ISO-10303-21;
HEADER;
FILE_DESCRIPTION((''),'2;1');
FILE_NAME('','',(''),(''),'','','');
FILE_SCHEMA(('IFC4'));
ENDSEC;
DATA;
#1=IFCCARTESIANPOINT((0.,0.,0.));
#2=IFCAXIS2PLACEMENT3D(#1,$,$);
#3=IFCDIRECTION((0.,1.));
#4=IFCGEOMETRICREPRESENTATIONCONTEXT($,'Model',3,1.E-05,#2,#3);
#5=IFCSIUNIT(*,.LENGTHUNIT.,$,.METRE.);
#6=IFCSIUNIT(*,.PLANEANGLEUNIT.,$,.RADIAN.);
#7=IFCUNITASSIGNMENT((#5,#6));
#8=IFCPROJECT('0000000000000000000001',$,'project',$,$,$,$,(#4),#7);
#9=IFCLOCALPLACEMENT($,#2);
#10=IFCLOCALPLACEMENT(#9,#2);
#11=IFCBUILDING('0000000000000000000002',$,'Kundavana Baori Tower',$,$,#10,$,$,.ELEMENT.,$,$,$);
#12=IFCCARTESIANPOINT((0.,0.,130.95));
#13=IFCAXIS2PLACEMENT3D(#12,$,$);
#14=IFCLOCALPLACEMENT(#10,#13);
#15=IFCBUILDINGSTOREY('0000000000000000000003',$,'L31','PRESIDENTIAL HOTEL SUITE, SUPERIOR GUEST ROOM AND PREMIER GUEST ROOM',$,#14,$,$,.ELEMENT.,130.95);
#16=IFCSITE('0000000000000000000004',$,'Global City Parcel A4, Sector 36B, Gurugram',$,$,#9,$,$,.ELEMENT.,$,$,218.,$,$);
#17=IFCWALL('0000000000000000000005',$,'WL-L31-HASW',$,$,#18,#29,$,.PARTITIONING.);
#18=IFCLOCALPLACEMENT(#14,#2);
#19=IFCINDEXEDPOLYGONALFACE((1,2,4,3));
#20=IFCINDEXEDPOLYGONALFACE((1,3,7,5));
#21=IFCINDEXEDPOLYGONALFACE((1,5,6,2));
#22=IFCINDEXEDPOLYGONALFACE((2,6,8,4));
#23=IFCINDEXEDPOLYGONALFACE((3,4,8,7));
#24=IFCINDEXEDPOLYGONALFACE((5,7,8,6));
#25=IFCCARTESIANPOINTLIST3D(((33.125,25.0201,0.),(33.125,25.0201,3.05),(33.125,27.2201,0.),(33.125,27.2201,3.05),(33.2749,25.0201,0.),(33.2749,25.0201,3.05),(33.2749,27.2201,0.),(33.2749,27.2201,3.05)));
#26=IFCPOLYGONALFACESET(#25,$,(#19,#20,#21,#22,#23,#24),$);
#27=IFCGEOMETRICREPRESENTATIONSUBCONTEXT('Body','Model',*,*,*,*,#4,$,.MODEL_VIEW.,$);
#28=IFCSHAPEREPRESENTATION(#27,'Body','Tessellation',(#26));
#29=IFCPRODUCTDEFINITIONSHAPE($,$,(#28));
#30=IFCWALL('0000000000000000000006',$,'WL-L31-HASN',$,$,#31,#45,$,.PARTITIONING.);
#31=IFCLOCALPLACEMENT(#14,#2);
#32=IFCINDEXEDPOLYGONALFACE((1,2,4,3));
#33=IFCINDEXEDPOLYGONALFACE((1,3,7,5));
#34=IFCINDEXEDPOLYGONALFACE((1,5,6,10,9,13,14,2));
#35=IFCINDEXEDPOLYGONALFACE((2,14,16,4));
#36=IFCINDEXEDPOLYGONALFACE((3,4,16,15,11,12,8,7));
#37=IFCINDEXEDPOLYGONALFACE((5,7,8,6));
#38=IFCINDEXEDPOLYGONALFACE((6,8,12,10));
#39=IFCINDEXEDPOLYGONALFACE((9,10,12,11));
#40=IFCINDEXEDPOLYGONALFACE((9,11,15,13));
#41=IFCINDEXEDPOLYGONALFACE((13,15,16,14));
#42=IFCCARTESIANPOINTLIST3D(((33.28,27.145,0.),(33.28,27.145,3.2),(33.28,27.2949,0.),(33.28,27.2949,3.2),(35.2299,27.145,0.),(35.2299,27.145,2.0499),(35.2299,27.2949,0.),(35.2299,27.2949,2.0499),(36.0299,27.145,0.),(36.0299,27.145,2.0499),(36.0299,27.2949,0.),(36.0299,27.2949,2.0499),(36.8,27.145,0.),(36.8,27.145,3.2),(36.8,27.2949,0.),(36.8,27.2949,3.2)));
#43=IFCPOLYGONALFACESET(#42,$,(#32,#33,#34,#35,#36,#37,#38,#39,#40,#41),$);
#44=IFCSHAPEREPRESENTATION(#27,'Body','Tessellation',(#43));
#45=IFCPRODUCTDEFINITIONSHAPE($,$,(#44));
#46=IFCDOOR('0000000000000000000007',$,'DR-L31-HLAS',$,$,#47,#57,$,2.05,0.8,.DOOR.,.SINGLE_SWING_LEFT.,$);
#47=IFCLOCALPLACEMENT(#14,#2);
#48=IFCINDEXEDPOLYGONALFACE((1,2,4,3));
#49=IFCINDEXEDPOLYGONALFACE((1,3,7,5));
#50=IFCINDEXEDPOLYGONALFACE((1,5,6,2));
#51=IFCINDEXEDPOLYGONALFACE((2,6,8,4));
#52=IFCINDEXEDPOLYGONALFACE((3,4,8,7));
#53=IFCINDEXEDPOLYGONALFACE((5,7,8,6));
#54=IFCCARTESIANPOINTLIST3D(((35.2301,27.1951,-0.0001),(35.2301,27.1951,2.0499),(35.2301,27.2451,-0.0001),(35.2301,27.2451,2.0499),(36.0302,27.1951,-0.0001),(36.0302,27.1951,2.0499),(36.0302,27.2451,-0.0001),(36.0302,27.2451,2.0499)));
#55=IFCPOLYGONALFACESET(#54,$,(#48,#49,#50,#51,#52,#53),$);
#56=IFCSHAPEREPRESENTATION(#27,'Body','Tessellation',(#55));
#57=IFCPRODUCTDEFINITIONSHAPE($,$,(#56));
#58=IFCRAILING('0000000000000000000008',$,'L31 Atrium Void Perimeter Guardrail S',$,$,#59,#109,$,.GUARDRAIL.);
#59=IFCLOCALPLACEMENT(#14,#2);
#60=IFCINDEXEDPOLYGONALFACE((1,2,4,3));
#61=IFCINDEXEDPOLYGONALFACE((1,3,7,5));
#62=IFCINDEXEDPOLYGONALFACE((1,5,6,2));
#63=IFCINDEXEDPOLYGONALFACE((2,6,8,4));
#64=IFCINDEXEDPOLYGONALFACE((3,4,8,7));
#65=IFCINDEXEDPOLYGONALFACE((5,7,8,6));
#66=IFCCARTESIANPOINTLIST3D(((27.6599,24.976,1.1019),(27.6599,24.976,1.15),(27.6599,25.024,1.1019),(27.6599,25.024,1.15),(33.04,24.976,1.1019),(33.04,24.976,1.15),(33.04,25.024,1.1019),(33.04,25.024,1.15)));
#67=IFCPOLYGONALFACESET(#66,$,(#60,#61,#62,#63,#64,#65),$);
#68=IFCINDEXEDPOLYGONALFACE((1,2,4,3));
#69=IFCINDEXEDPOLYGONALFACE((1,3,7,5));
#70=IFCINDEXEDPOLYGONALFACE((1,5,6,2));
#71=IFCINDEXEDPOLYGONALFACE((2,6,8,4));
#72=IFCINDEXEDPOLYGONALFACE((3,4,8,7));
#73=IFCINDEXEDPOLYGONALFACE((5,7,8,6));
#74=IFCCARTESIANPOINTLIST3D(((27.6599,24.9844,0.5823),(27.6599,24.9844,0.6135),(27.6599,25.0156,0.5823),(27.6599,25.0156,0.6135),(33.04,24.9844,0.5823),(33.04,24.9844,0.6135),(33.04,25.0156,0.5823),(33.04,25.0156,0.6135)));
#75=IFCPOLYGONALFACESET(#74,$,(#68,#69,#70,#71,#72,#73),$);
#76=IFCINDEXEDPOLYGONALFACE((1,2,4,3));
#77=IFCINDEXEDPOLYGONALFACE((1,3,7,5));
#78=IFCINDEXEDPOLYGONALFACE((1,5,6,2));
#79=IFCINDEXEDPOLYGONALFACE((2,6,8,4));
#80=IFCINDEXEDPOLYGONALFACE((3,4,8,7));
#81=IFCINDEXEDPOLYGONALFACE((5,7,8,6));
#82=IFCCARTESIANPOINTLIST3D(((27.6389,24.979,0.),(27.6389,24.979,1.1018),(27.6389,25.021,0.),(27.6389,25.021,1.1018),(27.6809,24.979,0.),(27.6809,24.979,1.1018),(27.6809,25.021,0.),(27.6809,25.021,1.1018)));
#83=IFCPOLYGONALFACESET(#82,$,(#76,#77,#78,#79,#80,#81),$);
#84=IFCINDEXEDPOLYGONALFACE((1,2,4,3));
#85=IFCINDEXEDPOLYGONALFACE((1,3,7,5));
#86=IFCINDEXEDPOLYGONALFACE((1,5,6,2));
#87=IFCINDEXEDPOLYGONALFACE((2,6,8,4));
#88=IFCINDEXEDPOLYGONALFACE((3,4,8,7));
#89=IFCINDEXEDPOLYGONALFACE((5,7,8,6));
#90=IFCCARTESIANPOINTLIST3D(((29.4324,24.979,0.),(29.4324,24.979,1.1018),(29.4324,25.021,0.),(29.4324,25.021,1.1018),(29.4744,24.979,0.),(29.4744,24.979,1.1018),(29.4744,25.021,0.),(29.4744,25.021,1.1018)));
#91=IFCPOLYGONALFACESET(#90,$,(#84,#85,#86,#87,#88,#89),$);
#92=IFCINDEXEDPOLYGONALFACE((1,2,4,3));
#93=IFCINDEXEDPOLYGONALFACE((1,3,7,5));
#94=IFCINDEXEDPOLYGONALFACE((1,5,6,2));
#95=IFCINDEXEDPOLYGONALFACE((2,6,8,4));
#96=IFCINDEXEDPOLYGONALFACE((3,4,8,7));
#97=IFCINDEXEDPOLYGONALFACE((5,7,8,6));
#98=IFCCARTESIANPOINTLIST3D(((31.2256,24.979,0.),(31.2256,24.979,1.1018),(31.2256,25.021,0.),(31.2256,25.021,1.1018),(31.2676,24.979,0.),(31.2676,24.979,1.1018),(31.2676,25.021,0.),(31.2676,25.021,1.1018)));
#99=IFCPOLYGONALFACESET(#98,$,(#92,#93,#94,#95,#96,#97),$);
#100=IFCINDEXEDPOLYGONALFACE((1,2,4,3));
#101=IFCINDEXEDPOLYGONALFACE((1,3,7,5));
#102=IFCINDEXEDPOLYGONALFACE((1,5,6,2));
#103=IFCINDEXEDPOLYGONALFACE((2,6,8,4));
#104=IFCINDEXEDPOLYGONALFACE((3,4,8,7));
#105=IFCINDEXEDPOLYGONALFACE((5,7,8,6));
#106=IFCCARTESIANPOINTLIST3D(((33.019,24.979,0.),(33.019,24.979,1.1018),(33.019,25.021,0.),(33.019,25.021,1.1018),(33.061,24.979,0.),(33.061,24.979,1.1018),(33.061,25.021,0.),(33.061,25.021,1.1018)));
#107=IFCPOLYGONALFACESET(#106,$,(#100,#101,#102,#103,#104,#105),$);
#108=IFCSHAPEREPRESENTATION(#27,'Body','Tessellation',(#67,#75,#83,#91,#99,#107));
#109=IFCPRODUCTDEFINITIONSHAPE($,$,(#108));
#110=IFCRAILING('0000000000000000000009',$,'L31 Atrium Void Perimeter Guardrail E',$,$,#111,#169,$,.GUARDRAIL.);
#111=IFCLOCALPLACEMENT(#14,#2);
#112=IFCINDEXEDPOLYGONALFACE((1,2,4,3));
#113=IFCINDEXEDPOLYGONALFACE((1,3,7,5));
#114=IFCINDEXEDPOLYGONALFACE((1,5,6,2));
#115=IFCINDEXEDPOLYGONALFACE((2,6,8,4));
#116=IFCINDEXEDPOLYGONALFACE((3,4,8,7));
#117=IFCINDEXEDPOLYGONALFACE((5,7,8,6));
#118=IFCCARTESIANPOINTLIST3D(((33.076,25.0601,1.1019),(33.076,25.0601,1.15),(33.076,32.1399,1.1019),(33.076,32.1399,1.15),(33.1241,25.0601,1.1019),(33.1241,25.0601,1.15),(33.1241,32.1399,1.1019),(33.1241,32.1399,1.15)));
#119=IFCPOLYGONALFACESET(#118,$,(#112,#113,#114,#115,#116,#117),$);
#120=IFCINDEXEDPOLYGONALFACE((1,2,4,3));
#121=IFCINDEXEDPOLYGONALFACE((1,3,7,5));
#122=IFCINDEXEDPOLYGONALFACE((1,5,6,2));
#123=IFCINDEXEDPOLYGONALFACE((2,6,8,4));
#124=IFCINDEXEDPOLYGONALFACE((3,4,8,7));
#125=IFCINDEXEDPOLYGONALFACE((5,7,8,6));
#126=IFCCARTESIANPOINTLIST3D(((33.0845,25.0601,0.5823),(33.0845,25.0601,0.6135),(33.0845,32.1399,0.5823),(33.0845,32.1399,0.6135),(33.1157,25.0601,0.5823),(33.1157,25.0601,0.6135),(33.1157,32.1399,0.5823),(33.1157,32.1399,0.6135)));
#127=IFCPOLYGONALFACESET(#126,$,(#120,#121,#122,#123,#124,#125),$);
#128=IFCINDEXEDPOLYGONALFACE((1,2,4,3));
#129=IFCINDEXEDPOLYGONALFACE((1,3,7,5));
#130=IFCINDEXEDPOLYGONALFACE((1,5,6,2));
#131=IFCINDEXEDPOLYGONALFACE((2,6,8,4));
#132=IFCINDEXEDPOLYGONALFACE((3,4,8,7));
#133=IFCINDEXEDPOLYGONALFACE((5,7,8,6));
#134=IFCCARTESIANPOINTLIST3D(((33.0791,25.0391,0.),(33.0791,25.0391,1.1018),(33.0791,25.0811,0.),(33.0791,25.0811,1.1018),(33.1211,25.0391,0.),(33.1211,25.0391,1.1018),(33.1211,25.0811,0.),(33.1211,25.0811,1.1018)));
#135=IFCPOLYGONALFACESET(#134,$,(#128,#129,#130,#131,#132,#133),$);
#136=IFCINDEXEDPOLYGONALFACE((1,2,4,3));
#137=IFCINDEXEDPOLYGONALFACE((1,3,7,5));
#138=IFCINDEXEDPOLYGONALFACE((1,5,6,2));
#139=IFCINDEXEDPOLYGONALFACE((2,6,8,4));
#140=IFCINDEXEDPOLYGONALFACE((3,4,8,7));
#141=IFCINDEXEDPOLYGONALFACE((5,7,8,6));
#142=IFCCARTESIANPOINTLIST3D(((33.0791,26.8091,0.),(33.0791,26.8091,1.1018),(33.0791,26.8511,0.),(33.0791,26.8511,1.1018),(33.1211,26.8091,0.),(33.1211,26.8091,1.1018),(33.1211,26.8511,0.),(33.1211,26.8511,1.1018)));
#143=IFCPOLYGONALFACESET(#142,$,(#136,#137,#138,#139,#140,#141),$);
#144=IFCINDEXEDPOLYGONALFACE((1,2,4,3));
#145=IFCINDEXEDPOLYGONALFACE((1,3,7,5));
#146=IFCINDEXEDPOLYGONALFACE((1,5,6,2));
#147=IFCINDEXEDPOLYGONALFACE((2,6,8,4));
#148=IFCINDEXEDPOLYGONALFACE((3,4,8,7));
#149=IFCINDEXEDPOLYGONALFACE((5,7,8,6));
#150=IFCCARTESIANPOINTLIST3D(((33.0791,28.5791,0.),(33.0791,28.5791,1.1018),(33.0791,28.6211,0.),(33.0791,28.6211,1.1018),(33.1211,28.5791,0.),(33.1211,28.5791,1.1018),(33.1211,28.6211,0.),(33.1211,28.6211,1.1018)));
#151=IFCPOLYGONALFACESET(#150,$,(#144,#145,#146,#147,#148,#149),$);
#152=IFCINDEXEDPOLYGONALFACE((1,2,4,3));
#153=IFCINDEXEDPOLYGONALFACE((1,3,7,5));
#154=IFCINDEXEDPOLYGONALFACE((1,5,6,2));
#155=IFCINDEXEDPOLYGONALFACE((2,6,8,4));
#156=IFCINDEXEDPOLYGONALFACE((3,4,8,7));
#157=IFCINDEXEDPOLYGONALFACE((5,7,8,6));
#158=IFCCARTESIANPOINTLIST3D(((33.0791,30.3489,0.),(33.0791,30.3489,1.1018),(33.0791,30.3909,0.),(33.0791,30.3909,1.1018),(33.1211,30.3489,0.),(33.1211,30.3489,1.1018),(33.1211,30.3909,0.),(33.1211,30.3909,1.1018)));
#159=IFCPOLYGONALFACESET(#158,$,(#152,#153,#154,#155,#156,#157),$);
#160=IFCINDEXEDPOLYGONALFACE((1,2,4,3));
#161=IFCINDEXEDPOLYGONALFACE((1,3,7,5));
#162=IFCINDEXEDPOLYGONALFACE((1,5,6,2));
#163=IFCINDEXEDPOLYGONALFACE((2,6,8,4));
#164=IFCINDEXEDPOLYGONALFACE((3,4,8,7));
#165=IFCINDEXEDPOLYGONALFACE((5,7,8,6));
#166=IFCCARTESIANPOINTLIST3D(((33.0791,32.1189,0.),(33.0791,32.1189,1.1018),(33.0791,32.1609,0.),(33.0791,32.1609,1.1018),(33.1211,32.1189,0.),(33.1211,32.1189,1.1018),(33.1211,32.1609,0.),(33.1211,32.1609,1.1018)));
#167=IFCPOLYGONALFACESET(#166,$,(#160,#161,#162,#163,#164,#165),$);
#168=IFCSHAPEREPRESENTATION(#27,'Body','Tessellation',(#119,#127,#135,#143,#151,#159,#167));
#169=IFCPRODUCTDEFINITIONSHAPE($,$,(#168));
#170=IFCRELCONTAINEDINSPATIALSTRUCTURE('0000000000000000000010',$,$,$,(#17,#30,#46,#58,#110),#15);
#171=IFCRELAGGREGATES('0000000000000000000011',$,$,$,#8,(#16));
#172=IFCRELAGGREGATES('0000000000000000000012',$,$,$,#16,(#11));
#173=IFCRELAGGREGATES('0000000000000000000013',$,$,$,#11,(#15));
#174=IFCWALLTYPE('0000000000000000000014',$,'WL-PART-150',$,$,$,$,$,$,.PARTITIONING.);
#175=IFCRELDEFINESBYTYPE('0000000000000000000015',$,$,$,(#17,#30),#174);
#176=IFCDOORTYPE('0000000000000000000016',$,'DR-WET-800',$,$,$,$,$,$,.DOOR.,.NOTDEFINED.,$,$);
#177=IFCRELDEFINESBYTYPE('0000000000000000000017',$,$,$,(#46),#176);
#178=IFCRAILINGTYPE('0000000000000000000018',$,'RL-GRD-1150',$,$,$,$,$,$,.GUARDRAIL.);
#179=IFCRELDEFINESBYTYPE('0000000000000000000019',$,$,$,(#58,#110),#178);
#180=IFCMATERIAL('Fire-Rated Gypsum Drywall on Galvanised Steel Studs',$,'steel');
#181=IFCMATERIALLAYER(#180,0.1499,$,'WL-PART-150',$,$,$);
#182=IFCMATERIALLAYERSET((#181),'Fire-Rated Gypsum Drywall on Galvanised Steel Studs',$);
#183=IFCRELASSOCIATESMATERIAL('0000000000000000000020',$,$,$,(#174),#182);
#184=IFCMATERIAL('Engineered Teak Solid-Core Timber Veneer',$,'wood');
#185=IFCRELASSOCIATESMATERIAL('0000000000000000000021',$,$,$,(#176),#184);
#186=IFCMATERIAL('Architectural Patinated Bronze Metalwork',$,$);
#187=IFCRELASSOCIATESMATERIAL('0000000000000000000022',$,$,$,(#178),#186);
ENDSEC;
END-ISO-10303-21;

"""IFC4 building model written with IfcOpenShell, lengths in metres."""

from ifc_helpers import new_model, si_unit, direction, frame, frame_2d, origin, origin_2d, place, context, subcontext, project, spatial, rectangle, extrude, material, layer, layer_set, type_object, element, fill, save


model = new_model("IFC4")

# Units and contexts
model_context = context("Model", 3, precision=1e-05, world=origin(), true_north=direction((0.0, 1.0)))
body_context = subcontext(model_context, "Body", "Model", "MODEL_VIEW")
ifc_project = project(units=[si_unit("LENGTHUNIT", "METRE"), si_unit("PLANEANGLEUNIT", "RADIAN")], contexts=[model_context])

# Site, building, storey
site_placement = place(None, origin())
site = spatial("IfcSite", under=ifc_project, at=site_placement, Name="Global City Parcel A4, Sector 36B, Gurugram", CompositionType="ELEMENT", RefElevation=218.0)
building_placement = place(site_placement, origin())
building = spatial("IfcBuilding", under=site, at=building_placement, Name="Kundavana Baori Tower", CompositionType="ELEMENT")
storey_placement = place(building_placement, frame((0.0, 0.0, 130.95)))
storey = spatial("IfcBuildingStorey", under=building, at=storey_placement, Name="L31", Description="PRESIDENTIAL HOTEL SUITE, SUPERIOR GUEST ROOM AND PREMIER GUEST ROOM", CompositionType="ELEMENT", Elevation=130.95)

# Shared definitions
ifc_material_1 = material(Name="Fire-Rated Gypsum Drywall on Galvanised Steel Studs", Category="steel")
ifc_layer = layer(ifc_material_1, 0.1499, Name="WL-PART-150")
ifc_layer_set = layer_set([ifc_layer], Name="Fire-Rated Gypsum Drywall on Galvanised Steel Studs")
wall_type = type_object("IfcWallType", Name="WL-PART-150", PredefinedType="PARTITIONING", material=ifc_layer_set)

# Wall
wall_1_placement = place(storey_placement, frame((33.2, 25.02, 0.0), z_axis=(0.0, 0.0, 1.0), x_axis=(0.0, 1.0, 0.0)))
element("IfcWall", 1, at=wall_1_placement, inside=storey, type_object=wall_type, Name="WL-L31-HASW", PredefinedType="PARTITIONING", context=body_context, shape_type="SweptSolid", body=[
    extrude(rectangle(XDim=2.2, YDim=0.1499, at=frame_2d((1.1001, 0.0))), origin(), (0.0, 0.0, 1.0), 3.05),
])

# Wall, opening, door
wall_2_placement = place(storey_placement, frame((33.28, 27.22, 0.0), z_axis=(0.0, 0.0, 1.0), x_axis=(1.0, 0.0, 0.0)))
wall_2 = element("IfcWall", 2, at=wall_2_placement, inside=storey, type_object=wall_type, Name="WL-L31-HASN", PredefinedType="PARTITIONING", context=body_context, shape_type="SweptSolid", body=[
    extrude(rectangle(XDim=3.52, YDim=0.1499, at=frame_2d((1.76, 0.0))), origin(), (0.0, 0.0, 1.0), 3.2),
])
opening_1_placement = place(wall_2_placement, frame((1.95, 0.0, 0.0)))
opening_1 = element("IfcOpeningElement", 3, at=opening_1_placement, cuts=wall_2, PredefinedType="OPENING", context=body_context, shape_type="SweptSolid", body=[
    extrude(rectangle(XDim=0.8, YDim=2.05, at=frame_2d((0.3999, 1.0249))), frame((0.0, 0.085, 0.0), z_axis=(0.0, -1.0, 0.0), x_axis=(1.0, 0.0, 0.0)), (0.0, 0.0, 1.0), 0.1699),
])
ifc_material_2 = material(Name="Engineered Teak Solid-Core Timber Veneer", Category="wood")
door_type_1 = type_object("IfcDoorType", Name="DR-WET-800", OperationType="NOTDEFINED", PredefinedType="DOOR", material=ifc_material_2)
door_1_placement = place(opening_1_placement, frame((0.8, 0.0, 0.0), z_axis=(0.0, 0.0, 1.0), x_axis=(-1.0, 0.0, 0.0)))
door_1 = element("IfcDoor", 4, at=door_1_placement, inside=storey, type_object=door_type_1, Name="DR-L31-HLAS", OperationType="SINGLE_SWING_LEFT", OverallHeight=2.05, OverallWidth=0.8, PredefinedType="DOOR", context=body_context, shape_type="SweptSolid", body=[
    extrude(rectangle(XDim=0.8, YDim=2.05, at=frame_2d((0.3999, 1.0249))), frame((0.0, 0.0249, 0.0), z_axis=(0.0, -1.0, 0.0), x_axis=(1.0, 0.0, 0.0)), (0.0, 0.0, 1.0), 0.05),
])
fill(opening_1, door_1)

# Railings
ifc_material_3 = material(Name="Architectural Patinated Bronze Metalwork")
railing_type = type_object("IfcRailingType", Name="RL-GRD-1150", PredefinedType="GUARDRAIL", material=ifc_material_3)
railing_1_placement = place(storey_placement, frame((27.6599, 25.0, 0.0)))
element("IfcRailing", 5, at=railing_1_placement, inside=storey, type_object=railing_type, Name="L31 Atrium Void Perimeter Guardrail S", PredefinedType="GUARDRAIL", context=body_context, shape_type="SweptSolid", body=[
    extrude(rectangle(XDim=0.0481, YDim=0.0481, at=origin_2d()), frame((0.0, 0.0, 1.126), z_axis=(1.0, 0.0, 0.0), x_axis=(0.0, 1.0, 0.0)), (0.0, 0.0, 1.0), 5.3801),
    extrude(rectangle(XDim=0.0312, YDim=0.0312, at=origin_2d()), frame((0.0, 0.0, 0.5979), z_axis=(1.0, 0.0, 0.0), x_axis=(0.0, 1.0, 0.0)), (0.0, 0.0, 1.0), 5.3801),
    extrude(rectangle(XDim=0.042, YDim=0.042, at=origin_2d()), origin(), (0.0, 0.0, 1.0), 1.1018),
    extrude(rectangle(XDim=0.042, YDim=0.042, at=origin_2d()), frame((1.7935, 0.0, 0.0)), (0.0, 0.0, 1.0), 1.1018),
    extrude(rectangle(XDim=0.042, YDim=0.042, at=origin_2d()), frame((3.5867, 0.0, 0.0)), (0.0, 0.0, 1.0), 1.1018),
    extrude(rectangle(XDim=0.042, YDim=0.042, at=origin_2d()), frame((5.3801, 0.0, 0.0)), (0.0, 0.0, 1.0), 1.1018),
])
railing_2_placement = place(storey_placement, frame((33.1001, 25.0601, 0.0)))
element("IfcRailing", 6, at=railing_2_placement, inside=storey, type_object=railing_type, Name="L31 Atrium Void Perimeter Guardrail E", PredefinedType="GUARDRAIL", context=body_context, shape_type="SweptSolid", body=[
    extrude(rectangle(XDim=0.0481, YDim=0.0481, at=origin_2d()), frame((0.0, 0.0, 1.126), z_axis=(0.0, 1.0, 0.0), x_axis=(-1.0, 0.0, 0.0)), (0.0, 0.0, 1.0), 7.0798),
    extrude(rectangle(XDim=0.0312, YDim=0.0312, at=origin_2d()), frame((0.0, 0.0, 0.5979), z_axis=(0.0, 1.0, 0.0), x_axis=(-1.0, 0.0, 0.0)), (0.0, 0.0, 1.0), 7.0798),
    extrude(rectangle(XDim=0.042, YDim=0.042, at=origin_2d()), origin(), (0.0, 0.0, 1.0), 1.1018),
    extrude(rectangle(XDim=0.042, YDim=0.042, at=origin_2d()), frame((0.0, 1.77, 0.0)), (0.0, 0.0, 1.0), 1.1018),
    extrude(rectangle(XDim=0.042, YDim=0.042, at=origin_2d()), frame((0.0, 3.54, 0.0)), (0.0, 0.0, 1.0), 1.1018),
    extrude(rectangle(XDim=0.042, YDim=0.042, at=origin_2d()), frame((0.0, 5.3098, 0.0)), (0.0, 0.0, 1.0), 1.1018),
    extrude(rectangle(XDim=0.042, YDim=0.042, at=origin_2d()), frame((0.0, 7.0798, 0.0)), (0.0, 0.0, 1.0), 1.1018),
])

save(model, "model.ifc")
